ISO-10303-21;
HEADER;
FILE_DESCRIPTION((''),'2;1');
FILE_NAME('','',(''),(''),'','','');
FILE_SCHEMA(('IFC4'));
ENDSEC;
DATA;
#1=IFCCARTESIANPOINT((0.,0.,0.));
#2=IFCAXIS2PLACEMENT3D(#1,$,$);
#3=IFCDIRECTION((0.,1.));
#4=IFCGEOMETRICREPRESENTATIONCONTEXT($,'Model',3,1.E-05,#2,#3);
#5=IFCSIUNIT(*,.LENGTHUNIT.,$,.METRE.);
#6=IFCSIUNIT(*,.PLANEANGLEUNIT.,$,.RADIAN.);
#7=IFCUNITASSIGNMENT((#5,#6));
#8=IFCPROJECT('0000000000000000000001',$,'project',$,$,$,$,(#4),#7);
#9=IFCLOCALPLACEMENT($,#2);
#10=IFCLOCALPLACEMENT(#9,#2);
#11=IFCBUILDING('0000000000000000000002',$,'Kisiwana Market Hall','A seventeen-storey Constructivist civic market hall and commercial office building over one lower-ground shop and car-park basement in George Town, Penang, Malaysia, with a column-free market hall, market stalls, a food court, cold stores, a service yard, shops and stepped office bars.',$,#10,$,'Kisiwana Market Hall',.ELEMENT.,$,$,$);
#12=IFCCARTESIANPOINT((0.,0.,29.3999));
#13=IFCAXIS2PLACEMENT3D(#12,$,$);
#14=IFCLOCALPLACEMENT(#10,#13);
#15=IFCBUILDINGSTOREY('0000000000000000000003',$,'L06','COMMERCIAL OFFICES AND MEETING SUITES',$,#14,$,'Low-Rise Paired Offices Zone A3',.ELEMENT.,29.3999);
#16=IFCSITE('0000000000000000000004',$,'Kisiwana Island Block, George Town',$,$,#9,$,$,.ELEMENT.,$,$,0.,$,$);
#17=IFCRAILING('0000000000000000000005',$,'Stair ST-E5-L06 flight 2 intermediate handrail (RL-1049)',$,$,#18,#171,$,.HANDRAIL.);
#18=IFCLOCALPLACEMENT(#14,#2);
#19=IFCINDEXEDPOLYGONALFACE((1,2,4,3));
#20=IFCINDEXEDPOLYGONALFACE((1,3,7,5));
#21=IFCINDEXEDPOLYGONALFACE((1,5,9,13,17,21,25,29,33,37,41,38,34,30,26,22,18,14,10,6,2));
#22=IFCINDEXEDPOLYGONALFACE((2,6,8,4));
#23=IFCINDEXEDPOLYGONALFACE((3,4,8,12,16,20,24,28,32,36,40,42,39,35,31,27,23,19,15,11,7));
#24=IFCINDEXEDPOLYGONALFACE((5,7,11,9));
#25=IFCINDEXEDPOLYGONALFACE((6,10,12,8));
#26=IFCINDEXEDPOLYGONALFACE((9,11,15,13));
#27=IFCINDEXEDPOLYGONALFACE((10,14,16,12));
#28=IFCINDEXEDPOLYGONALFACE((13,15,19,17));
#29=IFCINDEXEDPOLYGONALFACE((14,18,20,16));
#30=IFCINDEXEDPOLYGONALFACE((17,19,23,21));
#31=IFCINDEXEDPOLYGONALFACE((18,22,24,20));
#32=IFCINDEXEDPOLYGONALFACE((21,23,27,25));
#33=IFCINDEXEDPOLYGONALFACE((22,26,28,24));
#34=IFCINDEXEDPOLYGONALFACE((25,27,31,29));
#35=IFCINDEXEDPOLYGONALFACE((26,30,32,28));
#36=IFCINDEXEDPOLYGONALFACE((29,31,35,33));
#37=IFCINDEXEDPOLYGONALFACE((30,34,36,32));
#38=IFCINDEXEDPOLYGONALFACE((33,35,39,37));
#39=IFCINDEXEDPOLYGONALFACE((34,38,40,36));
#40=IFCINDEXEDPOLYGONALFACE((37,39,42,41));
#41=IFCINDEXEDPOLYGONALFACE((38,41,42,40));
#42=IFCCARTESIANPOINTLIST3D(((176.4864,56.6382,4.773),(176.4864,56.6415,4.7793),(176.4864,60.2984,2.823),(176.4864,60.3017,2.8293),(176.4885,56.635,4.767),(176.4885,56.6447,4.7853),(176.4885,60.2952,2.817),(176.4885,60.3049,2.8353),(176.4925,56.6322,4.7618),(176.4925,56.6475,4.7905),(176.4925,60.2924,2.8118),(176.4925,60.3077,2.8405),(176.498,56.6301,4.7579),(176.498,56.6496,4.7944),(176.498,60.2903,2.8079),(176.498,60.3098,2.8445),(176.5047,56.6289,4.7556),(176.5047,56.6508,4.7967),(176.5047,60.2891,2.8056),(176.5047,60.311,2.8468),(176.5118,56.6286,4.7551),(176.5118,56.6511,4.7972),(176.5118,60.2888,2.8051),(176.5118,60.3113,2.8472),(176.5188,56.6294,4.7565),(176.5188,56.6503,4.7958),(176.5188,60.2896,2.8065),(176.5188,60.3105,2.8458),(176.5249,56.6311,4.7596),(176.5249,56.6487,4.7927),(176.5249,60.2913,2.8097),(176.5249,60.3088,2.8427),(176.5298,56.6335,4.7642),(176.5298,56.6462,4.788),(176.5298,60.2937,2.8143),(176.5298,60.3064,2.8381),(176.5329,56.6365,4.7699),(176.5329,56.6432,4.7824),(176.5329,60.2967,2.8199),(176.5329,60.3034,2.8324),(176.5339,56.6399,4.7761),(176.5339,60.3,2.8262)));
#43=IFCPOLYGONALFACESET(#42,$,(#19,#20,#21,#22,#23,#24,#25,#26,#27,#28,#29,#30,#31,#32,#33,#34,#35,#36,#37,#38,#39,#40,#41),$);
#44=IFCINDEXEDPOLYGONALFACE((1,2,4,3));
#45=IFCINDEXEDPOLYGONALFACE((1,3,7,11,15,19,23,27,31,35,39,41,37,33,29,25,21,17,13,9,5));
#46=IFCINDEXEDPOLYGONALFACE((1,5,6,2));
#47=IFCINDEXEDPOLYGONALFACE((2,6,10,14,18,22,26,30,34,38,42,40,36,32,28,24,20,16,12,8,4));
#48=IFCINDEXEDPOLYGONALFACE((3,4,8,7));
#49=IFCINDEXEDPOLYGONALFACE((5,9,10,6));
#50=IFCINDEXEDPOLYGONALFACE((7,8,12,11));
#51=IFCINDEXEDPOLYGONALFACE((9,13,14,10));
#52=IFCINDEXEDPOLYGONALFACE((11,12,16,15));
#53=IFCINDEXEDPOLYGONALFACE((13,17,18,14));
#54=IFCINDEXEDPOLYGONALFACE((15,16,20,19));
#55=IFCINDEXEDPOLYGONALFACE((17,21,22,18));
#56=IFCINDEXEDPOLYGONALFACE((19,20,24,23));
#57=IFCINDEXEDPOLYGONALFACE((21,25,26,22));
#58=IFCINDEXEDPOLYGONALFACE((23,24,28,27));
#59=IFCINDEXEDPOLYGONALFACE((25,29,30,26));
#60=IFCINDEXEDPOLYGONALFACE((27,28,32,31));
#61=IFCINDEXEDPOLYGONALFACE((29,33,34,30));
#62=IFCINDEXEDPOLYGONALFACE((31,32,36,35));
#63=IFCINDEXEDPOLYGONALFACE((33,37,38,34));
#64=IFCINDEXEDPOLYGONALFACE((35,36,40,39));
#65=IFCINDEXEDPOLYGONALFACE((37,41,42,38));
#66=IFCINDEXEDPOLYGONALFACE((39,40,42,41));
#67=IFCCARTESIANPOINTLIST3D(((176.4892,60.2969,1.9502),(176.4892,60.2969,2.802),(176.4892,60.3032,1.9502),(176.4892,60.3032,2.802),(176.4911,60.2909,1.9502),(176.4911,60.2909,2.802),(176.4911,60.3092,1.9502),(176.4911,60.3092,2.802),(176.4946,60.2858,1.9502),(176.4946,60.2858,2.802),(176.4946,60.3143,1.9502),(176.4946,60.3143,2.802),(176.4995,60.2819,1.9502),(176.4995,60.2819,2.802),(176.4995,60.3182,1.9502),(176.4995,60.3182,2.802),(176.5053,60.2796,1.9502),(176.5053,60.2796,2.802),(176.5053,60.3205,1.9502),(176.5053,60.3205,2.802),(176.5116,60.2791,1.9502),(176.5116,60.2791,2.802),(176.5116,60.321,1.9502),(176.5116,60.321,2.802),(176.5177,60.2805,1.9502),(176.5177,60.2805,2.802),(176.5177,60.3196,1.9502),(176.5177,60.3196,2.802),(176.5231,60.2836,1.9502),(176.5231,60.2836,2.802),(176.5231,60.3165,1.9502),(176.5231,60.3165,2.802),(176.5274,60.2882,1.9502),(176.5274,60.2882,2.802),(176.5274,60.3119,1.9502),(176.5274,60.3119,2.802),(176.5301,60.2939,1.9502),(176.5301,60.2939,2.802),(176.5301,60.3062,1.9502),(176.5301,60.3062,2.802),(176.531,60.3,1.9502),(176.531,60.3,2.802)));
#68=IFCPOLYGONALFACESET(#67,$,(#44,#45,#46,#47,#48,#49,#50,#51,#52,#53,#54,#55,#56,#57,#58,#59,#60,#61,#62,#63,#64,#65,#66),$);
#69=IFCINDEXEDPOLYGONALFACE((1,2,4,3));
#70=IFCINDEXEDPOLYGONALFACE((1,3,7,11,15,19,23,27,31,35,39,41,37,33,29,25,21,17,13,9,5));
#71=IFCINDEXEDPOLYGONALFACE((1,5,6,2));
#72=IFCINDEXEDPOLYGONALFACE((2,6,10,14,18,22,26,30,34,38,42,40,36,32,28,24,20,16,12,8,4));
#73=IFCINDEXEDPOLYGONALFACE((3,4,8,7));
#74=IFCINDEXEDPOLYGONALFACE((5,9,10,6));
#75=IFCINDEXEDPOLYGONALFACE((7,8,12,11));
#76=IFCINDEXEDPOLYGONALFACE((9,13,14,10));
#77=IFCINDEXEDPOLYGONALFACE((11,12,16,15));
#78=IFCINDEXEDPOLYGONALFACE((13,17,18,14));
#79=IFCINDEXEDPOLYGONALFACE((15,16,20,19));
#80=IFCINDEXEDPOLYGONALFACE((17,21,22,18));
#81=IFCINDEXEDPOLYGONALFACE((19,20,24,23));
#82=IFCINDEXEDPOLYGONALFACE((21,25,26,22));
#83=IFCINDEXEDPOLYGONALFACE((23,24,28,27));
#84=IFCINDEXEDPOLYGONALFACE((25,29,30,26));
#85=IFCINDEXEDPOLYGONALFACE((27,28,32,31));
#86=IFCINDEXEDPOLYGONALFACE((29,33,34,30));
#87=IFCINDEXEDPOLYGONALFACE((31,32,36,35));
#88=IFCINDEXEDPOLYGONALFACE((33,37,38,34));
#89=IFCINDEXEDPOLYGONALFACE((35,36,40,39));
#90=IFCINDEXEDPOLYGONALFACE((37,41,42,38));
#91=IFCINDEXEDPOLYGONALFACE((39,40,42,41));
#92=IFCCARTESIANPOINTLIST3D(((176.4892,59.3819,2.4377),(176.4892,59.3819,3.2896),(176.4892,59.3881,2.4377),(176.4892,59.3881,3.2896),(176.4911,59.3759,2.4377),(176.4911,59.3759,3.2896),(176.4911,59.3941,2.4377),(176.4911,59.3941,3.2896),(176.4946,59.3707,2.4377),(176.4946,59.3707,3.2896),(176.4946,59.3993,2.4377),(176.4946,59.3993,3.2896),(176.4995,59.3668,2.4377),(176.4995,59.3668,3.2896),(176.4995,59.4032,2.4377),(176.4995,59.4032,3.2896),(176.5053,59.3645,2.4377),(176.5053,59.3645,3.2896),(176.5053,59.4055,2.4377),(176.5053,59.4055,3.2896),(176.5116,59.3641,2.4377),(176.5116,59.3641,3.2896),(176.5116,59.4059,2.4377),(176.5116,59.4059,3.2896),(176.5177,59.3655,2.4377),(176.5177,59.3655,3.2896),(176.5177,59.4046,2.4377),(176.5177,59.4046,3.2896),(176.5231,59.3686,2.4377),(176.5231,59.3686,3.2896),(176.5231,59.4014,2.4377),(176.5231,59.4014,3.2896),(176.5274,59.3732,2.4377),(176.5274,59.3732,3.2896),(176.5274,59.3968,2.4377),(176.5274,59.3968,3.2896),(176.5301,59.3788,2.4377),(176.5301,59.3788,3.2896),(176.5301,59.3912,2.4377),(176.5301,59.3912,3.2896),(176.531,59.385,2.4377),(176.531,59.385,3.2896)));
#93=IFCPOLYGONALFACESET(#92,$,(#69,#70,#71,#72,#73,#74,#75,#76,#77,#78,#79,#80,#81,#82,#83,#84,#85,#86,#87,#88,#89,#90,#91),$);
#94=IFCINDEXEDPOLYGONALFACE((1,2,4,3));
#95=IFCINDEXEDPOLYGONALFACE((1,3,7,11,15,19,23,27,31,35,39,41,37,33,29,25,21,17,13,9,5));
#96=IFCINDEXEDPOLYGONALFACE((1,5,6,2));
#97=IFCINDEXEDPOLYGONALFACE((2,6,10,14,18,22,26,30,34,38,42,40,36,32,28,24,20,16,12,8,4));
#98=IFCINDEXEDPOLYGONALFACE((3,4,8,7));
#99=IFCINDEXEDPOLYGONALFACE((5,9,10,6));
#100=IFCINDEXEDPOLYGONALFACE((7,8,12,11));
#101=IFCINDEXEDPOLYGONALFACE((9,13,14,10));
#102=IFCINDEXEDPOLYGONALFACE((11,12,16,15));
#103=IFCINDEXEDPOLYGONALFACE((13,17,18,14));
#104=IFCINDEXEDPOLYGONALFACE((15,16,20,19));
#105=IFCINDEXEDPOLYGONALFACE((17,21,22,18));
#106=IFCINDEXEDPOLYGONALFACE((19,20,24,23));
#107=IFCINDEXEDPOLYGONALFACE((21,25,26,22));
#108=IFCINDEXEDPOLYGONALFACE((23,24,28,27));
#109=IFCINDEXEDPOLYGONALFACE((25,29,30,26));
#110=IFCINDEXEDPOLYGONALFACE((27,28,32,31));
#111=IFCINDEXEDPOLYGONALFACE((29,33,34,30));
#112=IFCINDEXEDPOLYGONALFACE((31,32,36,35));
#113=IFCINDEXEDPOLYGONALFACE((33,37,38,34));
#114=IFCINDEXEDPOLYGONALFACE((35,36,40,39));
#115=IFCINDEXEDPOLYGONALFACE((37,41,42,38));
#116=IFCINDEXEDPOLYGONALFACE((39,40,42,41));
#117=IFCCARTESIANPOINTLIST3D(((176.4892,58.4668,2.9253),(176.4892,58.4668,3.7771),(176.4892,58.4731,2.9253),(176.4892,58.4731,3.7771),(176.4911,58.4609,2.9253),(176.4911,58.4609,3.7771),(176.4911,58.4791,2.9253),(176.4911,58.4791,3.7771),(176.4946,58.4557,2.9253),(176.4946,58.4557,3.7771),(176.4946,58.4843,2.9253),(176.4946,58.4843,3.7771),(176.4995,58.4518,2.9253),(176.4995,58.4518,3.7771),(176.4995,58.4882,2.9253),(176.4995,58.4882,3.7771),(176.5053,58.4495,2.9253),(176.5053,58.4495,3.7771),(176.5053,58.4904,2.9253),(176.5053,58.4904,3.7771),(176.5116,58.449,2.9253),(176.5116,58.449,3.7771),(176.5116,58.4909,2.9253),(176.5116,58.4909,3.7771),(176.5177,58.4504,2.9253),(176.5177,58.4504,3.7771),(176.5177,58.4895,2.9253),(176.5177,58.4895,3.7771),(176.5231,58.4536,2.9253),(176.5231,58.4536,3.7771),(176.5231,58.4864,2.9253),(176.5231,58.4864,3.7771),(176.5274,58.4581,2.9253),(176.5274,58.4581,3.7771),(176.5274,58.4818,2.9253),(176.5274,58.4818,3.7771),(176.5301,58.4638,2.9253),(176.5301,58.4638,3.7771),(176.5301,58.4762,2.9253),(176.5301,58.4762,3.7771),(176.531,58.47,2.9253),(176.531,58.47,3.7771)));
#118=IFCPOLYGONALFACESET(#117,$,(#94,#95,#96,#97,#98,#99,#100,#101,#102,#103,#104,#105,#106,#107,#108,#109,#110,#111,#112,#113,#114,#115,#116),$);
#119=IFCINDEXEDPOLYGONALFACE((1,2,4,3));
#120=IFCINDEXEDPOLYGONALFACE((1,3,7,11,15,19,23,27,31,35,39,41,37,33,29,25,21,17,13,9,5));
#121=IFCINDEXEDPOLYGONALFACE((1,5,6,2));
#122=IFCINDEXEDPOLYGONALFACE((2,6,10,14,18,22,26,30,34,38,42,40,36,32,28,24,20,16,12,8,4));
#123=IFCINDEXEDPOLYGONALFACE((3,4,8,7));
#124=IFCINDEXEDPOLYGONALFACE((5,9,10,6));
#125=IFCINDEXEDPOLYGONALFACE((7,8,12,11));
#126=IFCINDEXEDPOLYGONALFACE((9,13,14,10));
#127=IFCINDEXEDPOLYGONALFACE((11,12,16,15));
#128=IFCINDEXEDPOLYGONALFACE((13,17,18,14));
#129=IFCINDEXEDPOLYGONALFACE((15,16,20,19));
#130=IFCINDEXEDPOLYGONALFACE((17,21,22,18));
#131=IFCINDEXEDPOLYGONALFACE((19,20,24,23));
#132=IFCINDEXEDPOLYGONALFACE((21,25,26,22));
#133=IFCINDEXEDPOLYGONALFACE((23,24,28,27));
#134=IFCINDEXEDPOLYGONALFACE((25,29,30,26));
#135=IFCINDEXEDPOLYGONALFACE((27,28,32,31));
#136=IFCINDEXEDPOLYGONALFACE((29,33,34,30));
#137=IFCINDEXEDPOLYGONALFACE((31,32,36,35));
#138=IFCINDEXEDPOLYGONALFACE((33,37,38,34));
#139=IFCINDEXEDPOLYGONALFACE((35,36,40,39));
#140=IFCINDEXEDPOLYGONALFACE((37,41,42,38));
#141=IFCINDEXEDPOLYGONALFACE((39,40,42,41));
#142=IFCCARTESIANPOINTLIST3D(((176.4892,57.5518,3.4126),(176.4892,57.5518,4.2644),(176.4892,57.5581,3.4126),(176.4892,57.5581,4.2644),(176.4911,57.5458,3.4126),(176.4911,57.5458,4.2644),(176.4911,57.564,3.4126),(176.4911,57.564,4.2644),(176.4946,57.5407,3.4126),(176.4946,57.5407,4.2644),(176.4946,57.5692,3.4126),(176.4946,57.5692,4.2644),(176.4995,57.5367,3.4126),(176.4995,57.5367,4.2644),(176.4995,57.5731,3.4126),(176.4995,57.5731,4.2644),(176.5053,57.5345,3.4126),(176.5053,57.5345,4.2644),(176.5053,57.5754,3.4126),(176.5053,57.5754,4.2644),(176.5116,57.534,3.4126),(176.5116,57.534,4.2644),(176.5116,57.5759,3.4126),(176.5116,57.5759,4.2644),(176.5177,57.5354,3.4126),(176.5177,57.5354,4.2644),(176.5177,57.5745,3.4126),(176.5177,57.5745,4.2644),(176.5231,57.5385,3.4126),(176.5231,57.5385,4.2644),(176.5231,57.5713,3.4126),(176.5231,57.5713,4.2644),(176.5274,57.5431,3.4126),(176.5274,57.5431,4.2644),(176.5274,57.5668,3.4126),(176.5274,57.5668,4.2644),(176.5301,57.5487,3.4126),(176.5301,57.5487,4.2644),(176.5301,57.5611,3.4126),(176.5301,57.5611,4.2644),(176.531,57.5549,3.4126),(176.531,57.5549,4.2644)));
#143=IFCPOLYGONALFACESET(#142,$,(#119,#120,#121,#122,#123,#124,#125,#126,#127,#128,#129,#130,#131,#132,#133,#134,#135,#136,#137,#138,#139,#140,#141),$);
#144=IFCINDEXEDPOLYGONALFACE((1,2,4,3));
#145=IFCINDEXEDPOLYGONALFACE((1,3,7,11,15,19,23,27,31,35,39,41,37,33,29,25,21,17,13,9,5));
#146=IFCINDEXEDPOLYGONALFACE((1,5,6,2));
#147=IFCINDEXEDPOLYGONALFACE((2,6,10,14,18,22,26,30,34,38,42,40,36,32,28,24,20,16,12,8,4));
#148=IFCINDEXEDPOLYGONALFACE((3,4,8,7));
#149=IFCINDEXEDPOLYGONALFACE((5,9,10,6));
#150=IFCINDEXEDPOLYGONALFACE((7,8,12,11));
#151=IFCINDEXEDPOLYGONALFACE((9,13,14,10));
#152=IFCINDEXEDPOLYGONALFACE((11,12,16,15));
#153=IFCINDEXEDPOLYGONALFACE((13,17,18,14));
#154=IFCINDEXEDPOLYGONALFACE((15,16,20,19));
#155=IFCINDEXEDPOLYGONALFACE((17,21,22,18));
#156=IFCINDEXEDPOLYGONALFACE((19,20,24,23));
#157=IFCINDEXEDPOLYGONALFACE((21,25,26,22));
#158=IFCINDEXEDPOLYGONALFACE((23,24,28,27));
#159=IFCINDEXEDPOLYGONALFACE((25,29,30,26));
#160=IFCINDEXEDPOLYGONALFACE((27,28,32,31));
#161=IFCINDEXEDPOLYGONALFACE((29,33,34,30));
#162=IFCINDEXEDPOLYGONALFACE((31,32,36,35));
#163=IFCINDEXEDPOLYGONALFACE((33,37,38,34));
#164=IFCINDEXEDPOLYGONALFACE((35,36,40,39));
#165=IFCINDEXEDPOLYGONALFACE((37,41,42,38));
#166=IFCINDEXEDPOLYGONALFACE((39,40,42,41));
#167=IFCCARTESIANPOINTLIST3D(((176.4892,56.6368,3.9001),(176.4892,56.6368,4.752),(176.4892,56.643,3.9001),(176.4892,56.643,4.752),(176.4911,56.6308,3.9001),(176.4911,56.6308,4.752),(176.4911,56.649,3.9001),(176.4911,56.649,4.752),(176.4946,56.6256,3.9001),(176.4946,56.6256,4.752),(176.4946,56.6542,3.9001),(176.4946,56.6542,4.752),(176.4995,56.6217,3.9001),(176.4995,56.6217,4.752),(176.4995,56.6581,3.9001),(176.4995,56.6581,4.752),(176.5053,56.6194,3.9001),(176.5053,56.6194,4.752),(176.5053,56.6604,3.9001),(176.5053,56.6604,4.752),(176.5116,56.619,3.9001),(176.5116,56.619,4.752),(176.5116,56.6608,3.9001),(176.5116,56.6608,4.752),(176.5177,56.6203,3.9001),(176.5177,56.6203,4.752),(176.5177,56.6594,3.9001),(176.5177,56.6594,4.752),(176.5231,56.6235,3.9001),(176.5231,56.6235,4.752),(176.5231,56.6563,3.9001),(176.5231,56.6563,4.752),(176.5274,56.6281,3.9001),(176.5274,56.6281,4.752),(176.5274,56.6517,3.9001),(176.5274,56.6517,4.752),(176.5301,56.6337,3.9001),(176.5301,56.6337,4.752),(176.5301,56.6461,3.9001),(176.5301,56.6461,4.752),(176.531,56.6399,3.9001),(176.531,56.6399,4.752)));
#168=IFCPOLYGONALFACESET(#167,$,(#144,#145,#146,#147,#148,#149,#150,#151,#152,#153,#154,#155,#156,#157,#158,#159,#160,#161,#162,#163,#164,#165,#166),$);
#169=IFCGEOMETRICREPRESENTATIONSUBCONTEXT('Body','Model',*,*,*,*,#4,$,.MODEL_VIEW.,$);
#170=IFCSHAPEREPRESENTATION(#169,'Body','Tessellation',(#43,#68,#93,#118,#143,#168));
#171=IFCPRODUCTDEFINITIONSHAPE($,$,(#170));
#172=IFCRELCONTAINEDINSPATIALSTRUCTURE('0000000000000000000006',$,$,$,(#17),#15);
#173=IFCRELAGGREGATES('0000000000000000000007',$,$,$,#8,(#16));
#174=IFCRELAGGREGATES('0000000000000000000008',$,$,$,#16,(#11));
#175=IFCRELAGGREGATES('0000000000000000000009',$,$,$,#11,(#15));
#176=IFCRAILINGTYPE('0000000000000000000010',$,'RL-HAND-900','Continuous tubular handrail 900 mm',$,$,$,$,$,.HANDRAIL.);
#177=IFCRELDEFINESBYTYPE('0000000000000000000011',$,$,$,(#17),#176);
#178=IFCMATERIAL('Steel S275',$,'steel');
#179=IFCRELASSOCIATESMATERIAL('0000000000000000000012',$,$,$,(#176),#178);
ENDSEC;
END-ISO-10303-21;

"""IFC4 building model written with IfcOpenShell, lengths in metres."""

from ifc_helpers import new_model, si_unit, direction, frame, origin, origin_2d, place, context, subcontext, project, spatial, circle, extrude, material, type_object, element, save


model = new_model("IFC4")

# Units and contexts
model_context = context("Model", 3, precision=1e-05, world=origin(), true_north=direction((0.0, 1.0)))
body_context = subcontext(model_context, "Body", "Model", "MODEL_VIEW")
ifc_project = project(units=[si_unit("LENGTHUNIT", "METRE"), si_unit("PLANEANGLEUNIT", "RADIAN")], contexts=[model_context])

# Site, building, storey
site_placement = place(None, origin())
site = spatial("IfcSite", under=ifc_project, at=site_placement, Name="Kisiwana Island Block, George Town", CompositionType="ELEMENT", RefElevation=0.0)
building_placement = place(site_placement, origin())
building = spatial("IfcBuilding", under=site, at=building_placement, Name="Kisiwana Market Hall", Description="A seventeen-storey Constructivist civic market hall and commercial office building over one lower-ground shop and car-park basement in George Town, Penang, Malaysia, with a column-free market hall, market stalls, a food court, cold stores, a service yard, shops and stepped office bars.", LongName="Kisiwana Market Hall", CompositionType="ELEMENT")
storey_placement = place(building_placement, frame((0.0, 0.0, 29.3999)))
storey = spatial("IfcBuildingStorey", under=building, at=storey_placement, Name="L06", Description="COMMERCIAL OFFICES AND MEETING SUITES", LongName="Low-Rise Paired Offices Zone A3", CompositionType="ELEMENT", Elevation=29.3999)

# Railing
ifc_material_1 = material(Name="Steel S275", Category="steel")
railing_type = type_object("IfcRailingType", Name="RL-HAND-900", Description="Continuous tubular handrail 900 mm", PredefinedType="HANDRAIL", material=ifc_material_1)
for number, where, name in (
    (1, (176.51, 60.3, 1.9502), "Stair ST-E5-L06 flight 2 intermediate handrail (RL-1049)"),
):
    element("IfcRailing", number, at=place(storey_placement, frame(where)), inside=storey, type_object=railing_type, Name=name, PredefinedType="HANDRAIL", context=body_context, shape_type="SweptSolid", body=[
        extrude(circle(Radius=0.0239, at=origin_2d()), frame((0.0, 0.0, 0.876), z_axis=(0.0, -0.882566, 0.470188), x_axis=(1.0, 0.0, 0.0)), (0.0, 0.0, 1.0), 4.1472),
        extrude(circle(Radius=0.021, at=origin_2d()), origin(), (0.0, 0.0, 1.0), 0.8518),
        extrude(circle(Radius=0.021, at=origin_2d()), frame((0.0, -0.915, 0.4875)), (0.0, 0.0, 1.0), 0.8518),
        extrude(circle(Radius=0.021, at=origin_2d()), frame((0.0, -1.8301, 0.9751)), (0.0, 0.0, 1.0), 0.8518),
        extrude(circle(Radius=0.021, at=origin_2d()), frame((0.0, -2.7451, 1.4624)), (0.0, 0.0, 1.0), 0.8518),
        extrude(circle(Radius=0.021, at=origin_2d()), frame((0.0, -3.6602, 1.95)), (0.0, 0.0, 1.0), 0.8518),
    ])

save(model, "model.ifc")
